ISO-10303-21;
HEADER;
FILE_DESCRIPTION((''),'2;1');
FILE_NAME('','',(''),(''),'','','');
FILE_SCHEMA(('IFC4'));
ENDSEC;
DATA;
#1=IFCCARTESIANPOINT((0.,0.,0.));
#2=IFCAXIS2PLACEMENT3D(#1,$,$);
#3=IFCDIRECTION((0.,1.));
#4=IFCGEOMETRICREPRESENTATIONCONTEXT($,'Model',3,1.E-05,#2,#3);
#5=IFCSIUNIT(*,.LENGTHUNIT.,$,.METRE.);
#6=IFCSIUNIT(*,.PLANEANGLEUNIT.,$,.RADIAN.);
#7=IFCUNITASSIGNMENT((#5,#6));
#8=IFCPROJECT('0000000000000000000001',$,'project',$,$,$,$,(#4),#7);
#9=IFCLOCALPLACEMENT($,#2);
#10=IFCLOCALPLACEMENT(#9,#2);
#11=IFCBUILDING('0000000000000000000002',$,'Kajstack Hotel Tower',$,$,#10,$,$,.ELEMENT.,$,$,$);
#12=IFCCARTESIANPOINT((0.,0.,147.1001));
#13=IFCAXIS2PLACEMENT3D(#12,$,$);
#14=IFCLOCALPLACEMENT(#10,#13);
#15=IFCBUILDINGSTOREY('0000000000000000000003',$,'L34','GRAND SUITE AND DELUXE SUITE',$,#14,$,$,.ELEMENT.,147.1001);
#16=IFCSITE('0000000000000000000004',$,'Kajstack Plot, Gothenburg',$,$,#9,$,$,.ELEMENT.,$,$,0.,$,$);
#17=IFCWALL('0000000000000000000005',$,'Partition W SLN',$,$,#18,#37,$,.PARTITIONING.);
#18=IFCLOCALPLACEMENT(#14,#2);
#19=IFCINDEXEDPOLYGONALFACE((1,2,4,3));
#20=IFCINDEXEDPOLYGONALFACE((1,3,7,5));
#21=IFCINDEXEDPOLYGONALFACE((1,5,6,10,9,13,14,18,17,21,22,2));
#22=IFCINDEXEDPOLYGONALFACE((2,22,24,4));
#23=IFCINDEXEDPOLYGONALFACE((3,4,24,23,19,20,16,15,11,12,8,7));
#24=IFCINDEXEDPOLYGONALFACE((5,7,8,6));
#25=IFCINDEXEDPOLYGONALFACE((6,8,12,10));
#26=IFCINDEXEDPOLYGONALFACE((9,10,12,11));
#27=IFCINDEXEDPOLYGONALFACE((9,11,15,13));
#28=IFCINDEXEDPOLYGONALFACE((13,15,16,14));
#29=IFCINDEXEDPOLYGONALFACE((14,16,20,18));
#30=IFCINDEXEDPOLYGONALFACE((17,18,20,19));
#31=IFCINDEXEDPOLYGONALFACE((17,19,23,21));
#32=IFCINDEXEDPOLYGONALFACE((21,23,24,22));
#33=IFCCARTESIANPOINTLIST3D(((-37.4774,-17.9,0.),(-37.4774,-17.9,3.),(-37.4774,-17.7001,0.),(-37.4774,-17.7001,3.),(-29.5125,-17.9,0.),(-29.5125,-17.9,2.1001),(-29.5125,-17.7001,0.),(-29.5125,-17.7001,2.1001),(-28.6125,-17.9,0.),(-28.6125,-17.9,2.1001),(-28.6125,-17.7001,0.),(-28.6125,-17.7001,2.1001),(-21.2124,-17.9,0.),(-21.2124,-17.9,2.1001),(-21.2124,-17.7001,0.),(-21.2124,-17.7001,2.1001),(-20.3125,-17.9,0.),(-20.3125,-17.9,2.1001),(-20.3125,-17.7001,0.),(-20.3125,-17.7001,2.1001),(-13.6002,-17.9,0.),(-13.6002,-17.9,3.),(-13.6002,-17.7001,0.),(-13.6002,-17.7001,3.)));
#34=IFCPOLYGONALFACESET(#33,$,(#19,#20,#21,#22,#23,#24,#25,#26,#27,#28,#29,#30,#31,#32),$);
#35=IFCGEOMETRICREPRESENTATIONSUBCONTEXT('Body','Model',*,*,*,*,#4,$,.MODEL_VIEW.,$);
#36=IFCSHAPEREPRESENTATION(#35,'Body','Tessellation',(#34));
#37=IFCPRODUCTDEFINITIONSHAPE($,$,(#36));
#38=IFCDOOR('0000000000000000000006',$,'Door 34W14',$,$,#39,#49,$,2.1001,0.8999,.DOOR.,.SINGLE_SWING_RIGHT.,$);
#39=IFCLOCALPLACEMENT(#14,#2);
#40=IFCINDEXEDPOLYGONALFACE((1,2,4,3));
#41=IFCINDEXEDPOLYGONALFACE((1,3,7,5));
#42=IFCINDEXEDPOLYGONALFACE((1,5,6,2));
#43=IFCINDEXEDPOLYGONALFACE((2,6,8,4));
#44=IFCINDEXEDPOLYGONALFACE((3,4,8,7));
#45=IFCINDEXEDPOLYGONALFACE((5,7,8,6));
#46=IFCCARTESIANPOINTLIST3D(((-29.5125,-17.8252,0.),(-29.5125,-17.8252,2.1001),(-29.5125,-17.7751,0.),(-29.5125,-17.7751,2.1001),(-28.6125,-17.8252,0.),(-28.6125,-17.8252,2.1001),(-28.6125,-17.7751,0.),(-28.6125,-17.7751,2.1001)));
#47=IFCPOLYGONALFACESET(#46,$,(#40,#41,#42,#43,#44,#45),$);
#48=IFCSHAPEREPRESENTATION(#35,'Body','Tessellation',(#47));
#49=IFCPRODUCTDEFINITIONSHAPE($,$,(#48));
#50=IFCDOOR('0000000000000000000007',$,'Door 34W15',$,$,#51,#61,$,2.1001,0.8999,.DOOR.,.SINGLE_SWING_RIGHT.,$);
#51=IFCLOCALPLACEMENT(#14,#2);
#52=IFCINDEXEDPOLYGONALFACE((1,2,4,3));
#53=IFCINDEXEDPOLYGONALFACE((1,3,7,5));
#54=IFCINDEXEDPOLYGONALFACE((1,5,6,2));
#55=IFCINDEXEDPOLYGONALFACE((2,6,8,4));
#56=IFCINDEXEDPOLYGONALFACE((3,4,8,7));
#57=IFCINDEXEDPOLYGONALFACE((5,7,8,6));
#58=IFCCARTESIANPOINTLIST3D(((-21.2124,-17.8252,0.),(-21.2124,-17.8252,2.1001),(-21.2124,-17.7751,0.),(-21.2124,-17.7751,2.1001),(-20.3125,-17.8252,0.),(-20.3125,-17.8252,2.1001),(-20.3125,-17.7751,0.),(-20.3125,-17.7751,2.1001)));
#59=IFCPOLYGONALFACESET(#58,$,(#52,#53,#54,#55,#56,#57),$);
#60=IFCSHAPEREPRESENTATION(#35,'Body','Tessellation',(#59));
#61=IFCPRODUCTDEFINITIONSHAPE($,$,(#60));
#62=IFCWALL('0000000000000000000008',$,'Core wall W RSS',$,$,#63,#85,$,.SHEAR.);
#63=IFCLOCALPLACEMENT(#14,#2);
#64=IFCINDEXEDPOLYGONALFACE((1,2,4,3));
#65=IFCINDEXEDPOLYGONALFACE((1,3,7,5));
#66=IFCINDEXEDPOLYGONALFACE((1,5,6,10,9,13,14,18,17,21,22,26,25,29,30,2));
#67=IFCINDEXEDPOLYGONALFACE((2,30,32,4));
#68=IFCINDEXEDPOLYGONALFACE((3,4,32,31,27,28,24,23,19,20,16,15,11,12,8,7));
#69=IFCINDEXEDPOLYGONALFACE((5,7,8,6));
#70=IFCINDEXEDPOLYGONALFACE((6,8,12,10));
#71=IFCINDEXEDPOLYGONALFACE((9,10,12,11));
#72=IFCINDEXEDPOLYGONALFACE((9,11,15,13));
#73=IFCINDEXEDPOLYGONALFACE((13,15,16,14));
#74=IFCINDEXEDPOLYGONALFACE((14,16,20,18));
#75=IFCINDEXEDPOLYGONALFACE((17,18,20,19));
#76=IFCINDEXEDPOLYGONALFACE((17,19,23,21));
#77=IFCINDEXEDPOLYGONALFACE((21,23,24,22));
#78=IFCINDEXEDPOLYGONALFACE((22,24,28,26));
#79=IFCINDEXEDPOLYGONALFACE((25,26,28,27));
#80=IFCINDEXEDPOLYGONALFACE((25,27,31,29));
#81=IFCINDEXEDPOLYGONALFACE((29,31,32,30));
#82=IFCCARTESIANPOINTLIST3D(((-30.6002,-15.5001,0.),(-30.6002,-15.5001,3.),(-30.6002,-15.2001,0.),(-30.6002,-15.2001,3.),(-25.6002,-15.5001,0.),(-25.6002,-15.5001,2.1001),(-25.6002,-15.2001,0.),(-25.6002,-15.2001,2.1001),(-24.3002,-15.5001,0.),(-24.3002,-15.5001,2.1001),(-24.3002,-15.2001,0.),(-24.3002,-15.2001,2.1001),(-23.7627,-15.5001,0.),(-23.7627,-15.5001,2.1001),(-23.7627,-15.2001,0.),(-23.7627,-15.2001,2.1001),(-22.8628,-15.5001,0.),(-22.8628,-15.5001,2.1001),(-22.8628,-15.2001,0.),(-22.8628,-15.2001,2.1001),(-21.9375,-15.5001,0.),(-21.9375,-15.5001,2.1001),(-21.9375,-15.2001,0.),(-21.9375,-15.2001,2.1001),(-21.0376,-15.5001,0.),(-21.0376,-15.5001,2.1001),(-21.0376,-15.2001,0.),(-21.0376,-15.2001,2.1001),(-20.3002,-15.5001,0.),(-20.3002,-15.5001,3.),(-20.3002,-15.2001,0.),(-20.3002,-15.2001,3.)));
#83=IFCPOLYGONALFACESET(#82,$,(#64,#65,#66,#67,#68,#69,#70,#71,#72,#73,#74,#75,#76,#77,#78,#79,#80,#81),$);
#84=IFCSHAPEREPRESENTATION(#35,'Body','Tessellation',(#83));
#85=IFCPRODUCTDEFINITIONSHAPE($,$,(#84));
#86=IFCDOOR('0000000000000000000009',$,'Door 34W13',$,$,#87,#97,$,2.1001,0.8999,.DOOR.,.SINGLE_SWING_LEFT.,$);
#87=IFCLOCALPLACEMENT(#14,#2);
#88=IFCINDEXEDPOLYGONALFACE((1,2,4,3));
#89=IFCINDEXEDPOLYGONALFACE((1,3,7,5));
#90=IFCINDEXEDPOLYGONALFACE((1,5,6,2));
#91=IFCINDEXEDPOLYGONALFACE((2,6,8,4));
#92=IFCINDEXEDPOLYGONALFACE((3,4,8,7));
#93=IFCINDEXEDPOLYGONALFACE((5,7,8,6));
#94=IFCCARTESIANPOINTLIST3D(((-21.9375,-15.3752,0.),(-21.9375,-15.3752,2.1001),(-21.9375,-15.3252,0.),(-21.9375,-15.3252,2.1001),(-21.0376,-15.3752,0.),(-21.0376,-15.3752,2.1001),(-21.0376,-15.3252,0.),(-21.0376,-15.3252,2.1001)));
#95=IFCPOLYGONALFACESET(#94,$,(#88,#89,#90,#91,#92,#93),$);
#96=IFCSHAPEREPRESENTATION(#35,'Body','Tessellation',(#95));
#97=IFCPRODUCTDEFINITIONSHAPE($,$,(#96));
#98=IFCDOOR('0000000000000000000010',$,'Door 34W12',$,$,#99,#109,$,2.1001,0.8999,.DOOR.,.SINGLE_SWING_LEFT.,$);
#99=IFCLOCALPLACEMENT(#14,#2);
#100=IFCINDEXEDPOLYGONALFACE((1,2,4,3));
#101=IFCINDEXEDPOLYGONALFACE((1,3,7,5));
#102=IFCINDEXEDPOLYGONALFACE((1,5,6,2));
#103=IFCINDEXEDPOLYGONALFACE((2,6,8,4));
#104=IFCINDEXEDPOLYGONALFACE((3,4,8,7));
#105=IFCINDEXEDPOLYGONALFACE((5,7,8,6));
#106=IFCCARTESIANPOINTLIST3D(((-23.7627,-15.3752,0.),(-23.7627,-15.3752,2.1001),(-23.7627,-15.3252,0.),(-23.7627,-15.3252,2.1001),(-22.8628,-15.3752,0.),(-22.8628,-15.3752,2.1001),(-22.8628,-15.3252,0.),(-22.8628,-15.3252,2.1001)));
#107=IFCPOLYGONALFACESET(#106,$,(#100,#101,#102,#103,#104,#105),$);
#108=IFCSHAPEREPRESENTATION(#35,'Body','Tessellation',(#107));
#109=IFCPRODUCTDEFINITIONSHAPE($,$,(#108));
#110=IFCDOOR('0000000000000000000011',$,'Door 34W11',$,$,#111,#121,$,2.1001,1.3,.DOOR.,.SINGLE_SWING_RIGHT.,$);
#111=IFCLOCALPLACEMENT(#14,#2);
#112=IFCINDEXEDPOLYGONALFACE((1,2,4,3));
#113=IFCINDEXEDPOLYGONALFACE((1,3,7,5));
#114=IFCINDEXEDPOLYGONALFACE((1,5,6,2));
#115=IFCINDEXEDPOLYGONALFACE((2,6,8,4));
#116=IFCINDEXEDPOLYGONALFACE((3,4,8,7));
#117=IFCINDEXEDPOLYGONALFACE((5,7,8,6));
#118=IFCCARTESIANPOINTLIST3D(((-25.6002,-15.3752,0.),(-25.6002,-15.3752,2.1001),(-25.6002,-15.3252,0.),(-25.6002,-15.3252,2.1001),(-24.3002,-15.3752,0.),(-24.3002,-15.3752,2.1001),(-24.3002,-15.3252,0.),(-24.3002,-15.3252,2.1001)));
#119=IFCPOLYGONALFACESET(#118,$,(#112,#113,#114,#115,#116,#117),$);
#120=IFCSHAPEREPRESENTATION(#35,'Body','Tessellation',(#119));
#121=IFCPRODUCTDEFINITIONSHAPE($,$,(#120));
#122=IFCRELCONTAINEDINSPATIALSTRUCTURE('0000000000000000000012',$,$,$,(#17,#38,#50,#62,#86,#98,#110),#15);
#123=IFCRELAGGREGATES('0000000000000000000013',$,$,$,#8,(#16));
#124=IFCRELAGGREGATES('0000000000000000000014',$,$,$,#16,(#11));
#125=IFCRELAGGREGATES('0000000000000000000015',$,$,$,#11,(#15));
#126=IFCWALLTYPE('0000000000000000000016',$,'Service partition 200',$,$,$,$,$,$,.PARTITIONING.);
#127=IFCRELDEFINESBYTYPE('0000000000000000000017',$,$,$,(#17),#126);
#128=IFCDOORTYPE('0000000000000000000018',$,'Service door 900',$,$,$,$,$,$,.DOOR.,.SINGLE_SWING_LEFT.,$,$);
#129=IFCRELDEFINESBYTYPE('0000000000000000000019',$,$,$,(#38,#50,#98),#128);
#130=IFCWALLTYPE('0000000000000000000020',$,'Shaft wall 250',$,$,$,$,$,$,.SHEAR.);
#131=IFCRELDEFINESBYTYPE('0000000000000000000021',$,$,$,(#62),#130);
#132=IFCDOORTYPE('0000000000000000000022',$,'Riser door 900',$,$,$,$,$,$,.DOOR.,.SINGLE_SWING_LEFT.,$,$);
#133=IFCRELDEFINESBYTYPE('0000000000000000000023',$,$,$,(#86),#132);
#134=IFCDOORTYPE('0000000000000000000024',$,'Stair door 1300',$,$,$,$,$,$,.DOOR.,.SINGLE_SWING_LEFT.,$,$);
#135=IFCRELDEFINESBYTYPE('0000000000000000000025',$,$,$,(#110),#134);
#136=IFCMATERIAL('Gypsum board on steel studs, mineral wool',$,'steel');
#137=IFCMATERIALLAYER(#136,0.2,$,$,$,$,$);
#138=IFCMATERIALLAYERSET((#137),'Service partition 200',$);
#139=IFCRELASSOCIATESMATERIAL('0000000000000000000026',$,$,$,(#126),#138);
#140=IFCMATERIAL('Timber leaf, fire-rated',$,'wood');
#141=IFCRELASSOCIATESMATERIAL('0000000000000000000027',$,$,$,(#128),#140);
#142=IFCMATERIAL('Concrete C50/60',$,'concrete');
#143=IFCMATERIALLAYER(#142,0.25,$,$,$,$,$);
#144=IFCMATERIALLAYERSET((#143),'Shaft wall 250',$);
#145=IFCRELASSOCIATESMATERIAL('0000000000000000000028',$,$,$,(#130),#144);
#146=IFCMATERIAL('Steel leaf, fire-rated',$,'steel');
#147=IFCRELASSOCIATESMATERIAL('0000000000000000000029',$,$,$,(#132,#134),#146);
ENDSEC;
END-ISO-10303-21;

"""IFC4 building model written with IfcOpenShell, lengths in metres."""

from ifc_helpers import new_model, si_unit, direction, frame, frame_2d, origin, place, context, subcontext, project, spatial, rectangle, extrude, material, layer, layer_set, type_object, element, fill, save


model = new_model("IFC4")

# Units and contexts
model_context = context("Model", 3, precision=1e-05, world=origin(), true_north=direction((0.0, 1.0)))
body_context = subcontext(model_context, "Body", "Model", "MODEL_VIEW")
ifc_project = project(units=[si_unit("LENGTHUNIT", "METRE"), si_unit("PLANEANGLEUNIT", "RADIAN")], contexts=[model_context])

# Site, building, storey
site_placement = place(None, origin())
site = spatial("IfcSite", under=ifc_project, at=site_placement, Name="Kajstack Plot, Gothenburg", CompositionType="ELEMENT", RefElevation=0.0)
building_placement = place(site_placement, origin())
building = spatial("IfcBuilding", under=site, at=building_placement, Name="Kajstack Hotel Tower", CompositionType="ELEMENT")
storey_placement = place(building_placement, frame((0.0, 0.0, 147.1001)))
storey = spatial("IfcBuildingStorey", under=building, at=storey_placement, Name="L34", Description="GRAND SUITE AND DELUXE SUITE", CompositionType="ELEMENT", Elevation=147.1001)

# Shared definitions
ifc_material_1 = material(Name="Gypsum board on steel studs, mineral wool", Category="steel")
ifc_layer_1 = layer(ifc_material_1, 0.2)
ifc_layer_set_1 = layer_set([ifc_layer_1], Name="Service partition 200")
wall_type_1 = type_object("IfcWallType", Name="Service partition 200", PredefinedType="PARTITIONING", material=ifc_layer_set_1)
ifc_material_2 = material(Name="Timber leaf, fire-rated", Category="wood")
door_type_1 = type_object("IfcDoorType", Name="Service door 900", OperationType="SINGLE_SWING_LEFT", PredefinedType="DOOR", material=ifc_material_2)

# Walls, openings, doors
wall_1_placement = place(storey_placement, frame((-37.4773, -17.8, 0.0), z_axis=(0.0, 0.0, 1.0), x_axis=(1.0, 0.0, 0.0)))
wall_1 = element("IfcWall", 1, at=wall_1_placement, inside=storey, type_object=wall_type_1, Name="Partition W SLN", PredefinedType="PARTITIONING", context=body_context, shape_type="SweptSolid", body=[
    extrude(rectangle(XDim=23.8772, YDim=0.2, at=frame_2d((11.9385, 0.0))), origin(), (0.0, 0.0, 1.0), 3.0),
])
opening_1_placement = place(wall_1_placement, frame((7.9648, 0.0, 0.0)))
opening_1 = element("IfcOpeningElement", 2, at=opening_1_placement, cuts=wall_1, PredefinedType="OPENING", context=body_context, shape_type="SweptSolid", body=[
    extrude(rectangle(XDim=0.8999, YDim=2.1001, at=frame_2d((0.45, 1.05))), frame((0.0, 0.1099, 0.0), z_axis=(0.0, -1.0, 0.0), x_axis=(1.0, 0.0, 0.0)), (0.0, 0.0, 1.0), 0.22),
])
opening_2_placement = place(wall_1_placement, frame((16.2649, 0.0, 0.0)))
opening_2 = element("IfcOpeningElement", 3, at=opening_2_placement, cuts=wall_1, PredefinedType="OPENING", context=body_context, shape_type="SweptSolid", body=[
    extrude(rectangle(XDim=0.8999, YDim=2.1001, at=frame_2d((0.45, 1.05))), frame((0.0, 0.1099, 0.0), z_axis=(0.0, -1.0, 0.0), x_axis=(1.0, 0.0, 0.0)), (0.0, 0.0, 1.0), 0.22),
])
door_1_placement = place(opening_1_placement, origin())
door_1 = element("IfcDoor", 4, at=door_1_placement, inside=storey, type_object=door_type_1, Name="Door 34W14", OperationType="SINGLE_SWING_RIGHT", OverallHeight=2.1001, OverallWidth=0.8999, PredefinedType="DOOR", context=body_context, shape_type="SweptSolid", body=[
    extrude(rectangle(XDim=0.8999, YDim=2.1001, at=frame_2d((0.45, 1.05))), frame((0.0, 0.0249, 0.0), z_axis=(0.0, -1.0, 0.0), x_axis=(1.0, 0.0, 0.0)), (0.0, 0.0, 1.0), 0.05),
])
fill(opening_1, door_1)
door_2_placement = place(opening_2_placement, origin())
door_2 = element("IfcDoor", 5, at=door_2_placement, inside=storey, type_object=door_type_1, Name="Door 34W15", OperationType="SINGLE_SWING_RIGHT", OverallHeight=2.1001, OverallWidth=0.8999, PredefinedType="DOOR", context=body_context, shape_type="SweptSolid", body=[
    extrude(rectangle(XDim=0.8999, YDim=2.1001, at=frame_2d((0.45, 1.05))), frame((0.0, 0.0249, 0.0), z_axis=(0.0, -1.0, 0.0), x_axis=(1.0, 0.0, 0.0)), (0.0, 0.0, 1.0), 0.05),
])
fill(opening_2, door_2)
ifc_material_3 = material(Name="Concrete C50/60", Category="concrete")
ifc_layer_2 = layer(ifc_material_3, 0.25)
ifc_layer_set_2 = layer_set([ifc_layer_2], Name="Shaft wall 250")
wall_type_2 = type_object("IfcWallType", Name="Shaft wall 250", PredefinedType="SHEAR", material=ifc_layer_set_2)
wall_2_placement = place(storey_placement, frame((-30.6001, -15.3501, 0.0), z_axis=(0.0, 0.0, 1.0), x_axis=(1.0, 0.0, 0.0)))
wall_2 = element("IfcWall", 6, at=wall_2_placement, inside=storey, type_object=wall_type_2, Name="Core wall W RSS", PredefinedType="SHEAR", context=body_context, shape_type="SweptSolid", body=[
    extrude(rectangle(XDim=10.3, YDim=0.3, at=frame_2d((5.1499, 0.0))), origin(), (0.0, 0.0, 1.0), 3.0),
])
opening_3_placement = place(wall_2_placement, frame((5.0, 0.0, 0.0)))
opening_3 = element("IfcOpeningElement", 7, at=opening_3_placement, cuts=wall_2, PredefinedType="OPENING", context=body_context, shape_type="SweptSolid", body=[
    extrude(rectangle(XDim=1.3, YDim=2.1001, at=frame_2d((0.6499, 1.05))), frame((0.0, 0.1599, 0.0), z_axis=(0.0, -1.0, 0.0), x_axis=(1.0, 0.0, 0.0)), (0.0, 0.0, 1.0), 0.3201),
])
opening_4_placement = place(wall_2_placement, frame((6.8374, 0.0, 0.0)))
opening_4 = element("IfcOpeningElement", 8, at=opening_4_placement, cuts=wall_2, PredefinedType="OPENING", context=body_context, shape_type="SweptSolid", body=[
    extrude(rectangle(XDim=0.8999, YDim=2.1001, at=frame_2d((0.45, 1.05))), frame((0.0, 0.1599, 0.0), z_axis=(0.0, -1.0, 0.0), x_axis=(1.0, 0.0, 0.0)), (0.0, 0.0, 1.0), 0.3201),
])
opening_5_placement = place(wall_2_placement, frame((8.6626, 0.0, 0.0)))
opening_5 = element("IfcOpeningElement", 9, at=opening_5_placement, cuts=wall_2, PredefinedType="OPENING", context=body_context, shape_type="SweptSolid", body=[
    extrude(rectangle(XDim=0.8999, YDim=2.1001, at=frame_2d((0.45, 1.05))), frame((0.0, 0.1599, 0.0), z_axis=(0.0, -1.0, 0.0), x_axis=(1.0, 0.0, 0.0)), (0.0, 0.0, 1.0), 0.3201),
])
ifc_material_4 = material(Name="Steel leaf, fire-rated", Category="steel")
door_type_2 = type_object("IfcDoorType", Name="Riser door 900", OperationType="SINGLE_SWING_LEFT", PredefinedType="DOOR", material=ifc_material_4)
door_3_placement = place(opening_5_placement, origin())
door_3 = element("IfcDoor", 10, at=door_3_placement, inside=storey, type_object=door_type_2, Name="Door 34W13", OperationType="SINGLE_SWING_LEFT", OverallHeight=2.1001, OverallWidth=0.8999, PredefinedType="DOOR", context=body_context, shape_type="SweptSolid", body=[
    extrude(rectangle(XDim=0.8999, YDim=2.1001, at=frame_2d((0.45, 1.05))), frame((0.0, 0.0249, 0.0), z_axis=(0.0, -1.0, 0.0), x_axis=(1.0, 0.0, 0.0)), (0.0, 0.0, 1.0), 0.05),
])
fill(opening_5, door_3)
door_4_placement = place(opening_4_placement, origin())
door_4 = element("IfcDoor", 11, at=door_4_placement, inside=storey, type_object=door_type_1, Name="Door 34W12", OperationType="SINGLE_SWING_LEFT", OverallHeight=2.1001, OverallWidth=0.8999, PredefinedType="DOOR", context=body_context, shape_type="SweptSolid", body=[
    extrude(rectangle(XDim=0.8999, YDim=2.1001, at=frame_2d((0.45, 1.05))), frame((0.0, 0.0249, 0.0), z_axis=(0.0, -1.0, 0.0), x_axis=(1.0, 0.0, 0.0)), (0.0, 0.0, 1.0), 0.05),
])
fill(opening_4, door_4)
door_type_3 = type_object("IfcDoorType", Name="Stair door 1300", OperationType="SINGLE_SWING_LEFT", PredefinedType="DOOR", material=ifc_material_4)
door_5_placement = place(opening_3_placement, origin())
door_5 = element("IfcDoor", 12, at=door_5_placement, inside=storey, type_object=door_type_3, Name="Door 34W11", OperationType="SINGLE_SWING_RIGHT", OverallHeight=2.1001, OverallWidth=1.3, PredefinedType="DOOR", context=body_context, shape_type="SweptSolid", body=[
    extrude(rectangle(XDim=1.3, YDim=2.1001, at=frame_2d((0.6499, 1.05))), frame((0.0, 0.0249, 0.0), z_axis=(0.0, -1.0, 0.0), x_axis=(1.0, 0.0, 0.0)), (0.0, 0.0, 1.0), 0.05),
])
fill(opening_3, door_5)

save(model, "model.ifc")
